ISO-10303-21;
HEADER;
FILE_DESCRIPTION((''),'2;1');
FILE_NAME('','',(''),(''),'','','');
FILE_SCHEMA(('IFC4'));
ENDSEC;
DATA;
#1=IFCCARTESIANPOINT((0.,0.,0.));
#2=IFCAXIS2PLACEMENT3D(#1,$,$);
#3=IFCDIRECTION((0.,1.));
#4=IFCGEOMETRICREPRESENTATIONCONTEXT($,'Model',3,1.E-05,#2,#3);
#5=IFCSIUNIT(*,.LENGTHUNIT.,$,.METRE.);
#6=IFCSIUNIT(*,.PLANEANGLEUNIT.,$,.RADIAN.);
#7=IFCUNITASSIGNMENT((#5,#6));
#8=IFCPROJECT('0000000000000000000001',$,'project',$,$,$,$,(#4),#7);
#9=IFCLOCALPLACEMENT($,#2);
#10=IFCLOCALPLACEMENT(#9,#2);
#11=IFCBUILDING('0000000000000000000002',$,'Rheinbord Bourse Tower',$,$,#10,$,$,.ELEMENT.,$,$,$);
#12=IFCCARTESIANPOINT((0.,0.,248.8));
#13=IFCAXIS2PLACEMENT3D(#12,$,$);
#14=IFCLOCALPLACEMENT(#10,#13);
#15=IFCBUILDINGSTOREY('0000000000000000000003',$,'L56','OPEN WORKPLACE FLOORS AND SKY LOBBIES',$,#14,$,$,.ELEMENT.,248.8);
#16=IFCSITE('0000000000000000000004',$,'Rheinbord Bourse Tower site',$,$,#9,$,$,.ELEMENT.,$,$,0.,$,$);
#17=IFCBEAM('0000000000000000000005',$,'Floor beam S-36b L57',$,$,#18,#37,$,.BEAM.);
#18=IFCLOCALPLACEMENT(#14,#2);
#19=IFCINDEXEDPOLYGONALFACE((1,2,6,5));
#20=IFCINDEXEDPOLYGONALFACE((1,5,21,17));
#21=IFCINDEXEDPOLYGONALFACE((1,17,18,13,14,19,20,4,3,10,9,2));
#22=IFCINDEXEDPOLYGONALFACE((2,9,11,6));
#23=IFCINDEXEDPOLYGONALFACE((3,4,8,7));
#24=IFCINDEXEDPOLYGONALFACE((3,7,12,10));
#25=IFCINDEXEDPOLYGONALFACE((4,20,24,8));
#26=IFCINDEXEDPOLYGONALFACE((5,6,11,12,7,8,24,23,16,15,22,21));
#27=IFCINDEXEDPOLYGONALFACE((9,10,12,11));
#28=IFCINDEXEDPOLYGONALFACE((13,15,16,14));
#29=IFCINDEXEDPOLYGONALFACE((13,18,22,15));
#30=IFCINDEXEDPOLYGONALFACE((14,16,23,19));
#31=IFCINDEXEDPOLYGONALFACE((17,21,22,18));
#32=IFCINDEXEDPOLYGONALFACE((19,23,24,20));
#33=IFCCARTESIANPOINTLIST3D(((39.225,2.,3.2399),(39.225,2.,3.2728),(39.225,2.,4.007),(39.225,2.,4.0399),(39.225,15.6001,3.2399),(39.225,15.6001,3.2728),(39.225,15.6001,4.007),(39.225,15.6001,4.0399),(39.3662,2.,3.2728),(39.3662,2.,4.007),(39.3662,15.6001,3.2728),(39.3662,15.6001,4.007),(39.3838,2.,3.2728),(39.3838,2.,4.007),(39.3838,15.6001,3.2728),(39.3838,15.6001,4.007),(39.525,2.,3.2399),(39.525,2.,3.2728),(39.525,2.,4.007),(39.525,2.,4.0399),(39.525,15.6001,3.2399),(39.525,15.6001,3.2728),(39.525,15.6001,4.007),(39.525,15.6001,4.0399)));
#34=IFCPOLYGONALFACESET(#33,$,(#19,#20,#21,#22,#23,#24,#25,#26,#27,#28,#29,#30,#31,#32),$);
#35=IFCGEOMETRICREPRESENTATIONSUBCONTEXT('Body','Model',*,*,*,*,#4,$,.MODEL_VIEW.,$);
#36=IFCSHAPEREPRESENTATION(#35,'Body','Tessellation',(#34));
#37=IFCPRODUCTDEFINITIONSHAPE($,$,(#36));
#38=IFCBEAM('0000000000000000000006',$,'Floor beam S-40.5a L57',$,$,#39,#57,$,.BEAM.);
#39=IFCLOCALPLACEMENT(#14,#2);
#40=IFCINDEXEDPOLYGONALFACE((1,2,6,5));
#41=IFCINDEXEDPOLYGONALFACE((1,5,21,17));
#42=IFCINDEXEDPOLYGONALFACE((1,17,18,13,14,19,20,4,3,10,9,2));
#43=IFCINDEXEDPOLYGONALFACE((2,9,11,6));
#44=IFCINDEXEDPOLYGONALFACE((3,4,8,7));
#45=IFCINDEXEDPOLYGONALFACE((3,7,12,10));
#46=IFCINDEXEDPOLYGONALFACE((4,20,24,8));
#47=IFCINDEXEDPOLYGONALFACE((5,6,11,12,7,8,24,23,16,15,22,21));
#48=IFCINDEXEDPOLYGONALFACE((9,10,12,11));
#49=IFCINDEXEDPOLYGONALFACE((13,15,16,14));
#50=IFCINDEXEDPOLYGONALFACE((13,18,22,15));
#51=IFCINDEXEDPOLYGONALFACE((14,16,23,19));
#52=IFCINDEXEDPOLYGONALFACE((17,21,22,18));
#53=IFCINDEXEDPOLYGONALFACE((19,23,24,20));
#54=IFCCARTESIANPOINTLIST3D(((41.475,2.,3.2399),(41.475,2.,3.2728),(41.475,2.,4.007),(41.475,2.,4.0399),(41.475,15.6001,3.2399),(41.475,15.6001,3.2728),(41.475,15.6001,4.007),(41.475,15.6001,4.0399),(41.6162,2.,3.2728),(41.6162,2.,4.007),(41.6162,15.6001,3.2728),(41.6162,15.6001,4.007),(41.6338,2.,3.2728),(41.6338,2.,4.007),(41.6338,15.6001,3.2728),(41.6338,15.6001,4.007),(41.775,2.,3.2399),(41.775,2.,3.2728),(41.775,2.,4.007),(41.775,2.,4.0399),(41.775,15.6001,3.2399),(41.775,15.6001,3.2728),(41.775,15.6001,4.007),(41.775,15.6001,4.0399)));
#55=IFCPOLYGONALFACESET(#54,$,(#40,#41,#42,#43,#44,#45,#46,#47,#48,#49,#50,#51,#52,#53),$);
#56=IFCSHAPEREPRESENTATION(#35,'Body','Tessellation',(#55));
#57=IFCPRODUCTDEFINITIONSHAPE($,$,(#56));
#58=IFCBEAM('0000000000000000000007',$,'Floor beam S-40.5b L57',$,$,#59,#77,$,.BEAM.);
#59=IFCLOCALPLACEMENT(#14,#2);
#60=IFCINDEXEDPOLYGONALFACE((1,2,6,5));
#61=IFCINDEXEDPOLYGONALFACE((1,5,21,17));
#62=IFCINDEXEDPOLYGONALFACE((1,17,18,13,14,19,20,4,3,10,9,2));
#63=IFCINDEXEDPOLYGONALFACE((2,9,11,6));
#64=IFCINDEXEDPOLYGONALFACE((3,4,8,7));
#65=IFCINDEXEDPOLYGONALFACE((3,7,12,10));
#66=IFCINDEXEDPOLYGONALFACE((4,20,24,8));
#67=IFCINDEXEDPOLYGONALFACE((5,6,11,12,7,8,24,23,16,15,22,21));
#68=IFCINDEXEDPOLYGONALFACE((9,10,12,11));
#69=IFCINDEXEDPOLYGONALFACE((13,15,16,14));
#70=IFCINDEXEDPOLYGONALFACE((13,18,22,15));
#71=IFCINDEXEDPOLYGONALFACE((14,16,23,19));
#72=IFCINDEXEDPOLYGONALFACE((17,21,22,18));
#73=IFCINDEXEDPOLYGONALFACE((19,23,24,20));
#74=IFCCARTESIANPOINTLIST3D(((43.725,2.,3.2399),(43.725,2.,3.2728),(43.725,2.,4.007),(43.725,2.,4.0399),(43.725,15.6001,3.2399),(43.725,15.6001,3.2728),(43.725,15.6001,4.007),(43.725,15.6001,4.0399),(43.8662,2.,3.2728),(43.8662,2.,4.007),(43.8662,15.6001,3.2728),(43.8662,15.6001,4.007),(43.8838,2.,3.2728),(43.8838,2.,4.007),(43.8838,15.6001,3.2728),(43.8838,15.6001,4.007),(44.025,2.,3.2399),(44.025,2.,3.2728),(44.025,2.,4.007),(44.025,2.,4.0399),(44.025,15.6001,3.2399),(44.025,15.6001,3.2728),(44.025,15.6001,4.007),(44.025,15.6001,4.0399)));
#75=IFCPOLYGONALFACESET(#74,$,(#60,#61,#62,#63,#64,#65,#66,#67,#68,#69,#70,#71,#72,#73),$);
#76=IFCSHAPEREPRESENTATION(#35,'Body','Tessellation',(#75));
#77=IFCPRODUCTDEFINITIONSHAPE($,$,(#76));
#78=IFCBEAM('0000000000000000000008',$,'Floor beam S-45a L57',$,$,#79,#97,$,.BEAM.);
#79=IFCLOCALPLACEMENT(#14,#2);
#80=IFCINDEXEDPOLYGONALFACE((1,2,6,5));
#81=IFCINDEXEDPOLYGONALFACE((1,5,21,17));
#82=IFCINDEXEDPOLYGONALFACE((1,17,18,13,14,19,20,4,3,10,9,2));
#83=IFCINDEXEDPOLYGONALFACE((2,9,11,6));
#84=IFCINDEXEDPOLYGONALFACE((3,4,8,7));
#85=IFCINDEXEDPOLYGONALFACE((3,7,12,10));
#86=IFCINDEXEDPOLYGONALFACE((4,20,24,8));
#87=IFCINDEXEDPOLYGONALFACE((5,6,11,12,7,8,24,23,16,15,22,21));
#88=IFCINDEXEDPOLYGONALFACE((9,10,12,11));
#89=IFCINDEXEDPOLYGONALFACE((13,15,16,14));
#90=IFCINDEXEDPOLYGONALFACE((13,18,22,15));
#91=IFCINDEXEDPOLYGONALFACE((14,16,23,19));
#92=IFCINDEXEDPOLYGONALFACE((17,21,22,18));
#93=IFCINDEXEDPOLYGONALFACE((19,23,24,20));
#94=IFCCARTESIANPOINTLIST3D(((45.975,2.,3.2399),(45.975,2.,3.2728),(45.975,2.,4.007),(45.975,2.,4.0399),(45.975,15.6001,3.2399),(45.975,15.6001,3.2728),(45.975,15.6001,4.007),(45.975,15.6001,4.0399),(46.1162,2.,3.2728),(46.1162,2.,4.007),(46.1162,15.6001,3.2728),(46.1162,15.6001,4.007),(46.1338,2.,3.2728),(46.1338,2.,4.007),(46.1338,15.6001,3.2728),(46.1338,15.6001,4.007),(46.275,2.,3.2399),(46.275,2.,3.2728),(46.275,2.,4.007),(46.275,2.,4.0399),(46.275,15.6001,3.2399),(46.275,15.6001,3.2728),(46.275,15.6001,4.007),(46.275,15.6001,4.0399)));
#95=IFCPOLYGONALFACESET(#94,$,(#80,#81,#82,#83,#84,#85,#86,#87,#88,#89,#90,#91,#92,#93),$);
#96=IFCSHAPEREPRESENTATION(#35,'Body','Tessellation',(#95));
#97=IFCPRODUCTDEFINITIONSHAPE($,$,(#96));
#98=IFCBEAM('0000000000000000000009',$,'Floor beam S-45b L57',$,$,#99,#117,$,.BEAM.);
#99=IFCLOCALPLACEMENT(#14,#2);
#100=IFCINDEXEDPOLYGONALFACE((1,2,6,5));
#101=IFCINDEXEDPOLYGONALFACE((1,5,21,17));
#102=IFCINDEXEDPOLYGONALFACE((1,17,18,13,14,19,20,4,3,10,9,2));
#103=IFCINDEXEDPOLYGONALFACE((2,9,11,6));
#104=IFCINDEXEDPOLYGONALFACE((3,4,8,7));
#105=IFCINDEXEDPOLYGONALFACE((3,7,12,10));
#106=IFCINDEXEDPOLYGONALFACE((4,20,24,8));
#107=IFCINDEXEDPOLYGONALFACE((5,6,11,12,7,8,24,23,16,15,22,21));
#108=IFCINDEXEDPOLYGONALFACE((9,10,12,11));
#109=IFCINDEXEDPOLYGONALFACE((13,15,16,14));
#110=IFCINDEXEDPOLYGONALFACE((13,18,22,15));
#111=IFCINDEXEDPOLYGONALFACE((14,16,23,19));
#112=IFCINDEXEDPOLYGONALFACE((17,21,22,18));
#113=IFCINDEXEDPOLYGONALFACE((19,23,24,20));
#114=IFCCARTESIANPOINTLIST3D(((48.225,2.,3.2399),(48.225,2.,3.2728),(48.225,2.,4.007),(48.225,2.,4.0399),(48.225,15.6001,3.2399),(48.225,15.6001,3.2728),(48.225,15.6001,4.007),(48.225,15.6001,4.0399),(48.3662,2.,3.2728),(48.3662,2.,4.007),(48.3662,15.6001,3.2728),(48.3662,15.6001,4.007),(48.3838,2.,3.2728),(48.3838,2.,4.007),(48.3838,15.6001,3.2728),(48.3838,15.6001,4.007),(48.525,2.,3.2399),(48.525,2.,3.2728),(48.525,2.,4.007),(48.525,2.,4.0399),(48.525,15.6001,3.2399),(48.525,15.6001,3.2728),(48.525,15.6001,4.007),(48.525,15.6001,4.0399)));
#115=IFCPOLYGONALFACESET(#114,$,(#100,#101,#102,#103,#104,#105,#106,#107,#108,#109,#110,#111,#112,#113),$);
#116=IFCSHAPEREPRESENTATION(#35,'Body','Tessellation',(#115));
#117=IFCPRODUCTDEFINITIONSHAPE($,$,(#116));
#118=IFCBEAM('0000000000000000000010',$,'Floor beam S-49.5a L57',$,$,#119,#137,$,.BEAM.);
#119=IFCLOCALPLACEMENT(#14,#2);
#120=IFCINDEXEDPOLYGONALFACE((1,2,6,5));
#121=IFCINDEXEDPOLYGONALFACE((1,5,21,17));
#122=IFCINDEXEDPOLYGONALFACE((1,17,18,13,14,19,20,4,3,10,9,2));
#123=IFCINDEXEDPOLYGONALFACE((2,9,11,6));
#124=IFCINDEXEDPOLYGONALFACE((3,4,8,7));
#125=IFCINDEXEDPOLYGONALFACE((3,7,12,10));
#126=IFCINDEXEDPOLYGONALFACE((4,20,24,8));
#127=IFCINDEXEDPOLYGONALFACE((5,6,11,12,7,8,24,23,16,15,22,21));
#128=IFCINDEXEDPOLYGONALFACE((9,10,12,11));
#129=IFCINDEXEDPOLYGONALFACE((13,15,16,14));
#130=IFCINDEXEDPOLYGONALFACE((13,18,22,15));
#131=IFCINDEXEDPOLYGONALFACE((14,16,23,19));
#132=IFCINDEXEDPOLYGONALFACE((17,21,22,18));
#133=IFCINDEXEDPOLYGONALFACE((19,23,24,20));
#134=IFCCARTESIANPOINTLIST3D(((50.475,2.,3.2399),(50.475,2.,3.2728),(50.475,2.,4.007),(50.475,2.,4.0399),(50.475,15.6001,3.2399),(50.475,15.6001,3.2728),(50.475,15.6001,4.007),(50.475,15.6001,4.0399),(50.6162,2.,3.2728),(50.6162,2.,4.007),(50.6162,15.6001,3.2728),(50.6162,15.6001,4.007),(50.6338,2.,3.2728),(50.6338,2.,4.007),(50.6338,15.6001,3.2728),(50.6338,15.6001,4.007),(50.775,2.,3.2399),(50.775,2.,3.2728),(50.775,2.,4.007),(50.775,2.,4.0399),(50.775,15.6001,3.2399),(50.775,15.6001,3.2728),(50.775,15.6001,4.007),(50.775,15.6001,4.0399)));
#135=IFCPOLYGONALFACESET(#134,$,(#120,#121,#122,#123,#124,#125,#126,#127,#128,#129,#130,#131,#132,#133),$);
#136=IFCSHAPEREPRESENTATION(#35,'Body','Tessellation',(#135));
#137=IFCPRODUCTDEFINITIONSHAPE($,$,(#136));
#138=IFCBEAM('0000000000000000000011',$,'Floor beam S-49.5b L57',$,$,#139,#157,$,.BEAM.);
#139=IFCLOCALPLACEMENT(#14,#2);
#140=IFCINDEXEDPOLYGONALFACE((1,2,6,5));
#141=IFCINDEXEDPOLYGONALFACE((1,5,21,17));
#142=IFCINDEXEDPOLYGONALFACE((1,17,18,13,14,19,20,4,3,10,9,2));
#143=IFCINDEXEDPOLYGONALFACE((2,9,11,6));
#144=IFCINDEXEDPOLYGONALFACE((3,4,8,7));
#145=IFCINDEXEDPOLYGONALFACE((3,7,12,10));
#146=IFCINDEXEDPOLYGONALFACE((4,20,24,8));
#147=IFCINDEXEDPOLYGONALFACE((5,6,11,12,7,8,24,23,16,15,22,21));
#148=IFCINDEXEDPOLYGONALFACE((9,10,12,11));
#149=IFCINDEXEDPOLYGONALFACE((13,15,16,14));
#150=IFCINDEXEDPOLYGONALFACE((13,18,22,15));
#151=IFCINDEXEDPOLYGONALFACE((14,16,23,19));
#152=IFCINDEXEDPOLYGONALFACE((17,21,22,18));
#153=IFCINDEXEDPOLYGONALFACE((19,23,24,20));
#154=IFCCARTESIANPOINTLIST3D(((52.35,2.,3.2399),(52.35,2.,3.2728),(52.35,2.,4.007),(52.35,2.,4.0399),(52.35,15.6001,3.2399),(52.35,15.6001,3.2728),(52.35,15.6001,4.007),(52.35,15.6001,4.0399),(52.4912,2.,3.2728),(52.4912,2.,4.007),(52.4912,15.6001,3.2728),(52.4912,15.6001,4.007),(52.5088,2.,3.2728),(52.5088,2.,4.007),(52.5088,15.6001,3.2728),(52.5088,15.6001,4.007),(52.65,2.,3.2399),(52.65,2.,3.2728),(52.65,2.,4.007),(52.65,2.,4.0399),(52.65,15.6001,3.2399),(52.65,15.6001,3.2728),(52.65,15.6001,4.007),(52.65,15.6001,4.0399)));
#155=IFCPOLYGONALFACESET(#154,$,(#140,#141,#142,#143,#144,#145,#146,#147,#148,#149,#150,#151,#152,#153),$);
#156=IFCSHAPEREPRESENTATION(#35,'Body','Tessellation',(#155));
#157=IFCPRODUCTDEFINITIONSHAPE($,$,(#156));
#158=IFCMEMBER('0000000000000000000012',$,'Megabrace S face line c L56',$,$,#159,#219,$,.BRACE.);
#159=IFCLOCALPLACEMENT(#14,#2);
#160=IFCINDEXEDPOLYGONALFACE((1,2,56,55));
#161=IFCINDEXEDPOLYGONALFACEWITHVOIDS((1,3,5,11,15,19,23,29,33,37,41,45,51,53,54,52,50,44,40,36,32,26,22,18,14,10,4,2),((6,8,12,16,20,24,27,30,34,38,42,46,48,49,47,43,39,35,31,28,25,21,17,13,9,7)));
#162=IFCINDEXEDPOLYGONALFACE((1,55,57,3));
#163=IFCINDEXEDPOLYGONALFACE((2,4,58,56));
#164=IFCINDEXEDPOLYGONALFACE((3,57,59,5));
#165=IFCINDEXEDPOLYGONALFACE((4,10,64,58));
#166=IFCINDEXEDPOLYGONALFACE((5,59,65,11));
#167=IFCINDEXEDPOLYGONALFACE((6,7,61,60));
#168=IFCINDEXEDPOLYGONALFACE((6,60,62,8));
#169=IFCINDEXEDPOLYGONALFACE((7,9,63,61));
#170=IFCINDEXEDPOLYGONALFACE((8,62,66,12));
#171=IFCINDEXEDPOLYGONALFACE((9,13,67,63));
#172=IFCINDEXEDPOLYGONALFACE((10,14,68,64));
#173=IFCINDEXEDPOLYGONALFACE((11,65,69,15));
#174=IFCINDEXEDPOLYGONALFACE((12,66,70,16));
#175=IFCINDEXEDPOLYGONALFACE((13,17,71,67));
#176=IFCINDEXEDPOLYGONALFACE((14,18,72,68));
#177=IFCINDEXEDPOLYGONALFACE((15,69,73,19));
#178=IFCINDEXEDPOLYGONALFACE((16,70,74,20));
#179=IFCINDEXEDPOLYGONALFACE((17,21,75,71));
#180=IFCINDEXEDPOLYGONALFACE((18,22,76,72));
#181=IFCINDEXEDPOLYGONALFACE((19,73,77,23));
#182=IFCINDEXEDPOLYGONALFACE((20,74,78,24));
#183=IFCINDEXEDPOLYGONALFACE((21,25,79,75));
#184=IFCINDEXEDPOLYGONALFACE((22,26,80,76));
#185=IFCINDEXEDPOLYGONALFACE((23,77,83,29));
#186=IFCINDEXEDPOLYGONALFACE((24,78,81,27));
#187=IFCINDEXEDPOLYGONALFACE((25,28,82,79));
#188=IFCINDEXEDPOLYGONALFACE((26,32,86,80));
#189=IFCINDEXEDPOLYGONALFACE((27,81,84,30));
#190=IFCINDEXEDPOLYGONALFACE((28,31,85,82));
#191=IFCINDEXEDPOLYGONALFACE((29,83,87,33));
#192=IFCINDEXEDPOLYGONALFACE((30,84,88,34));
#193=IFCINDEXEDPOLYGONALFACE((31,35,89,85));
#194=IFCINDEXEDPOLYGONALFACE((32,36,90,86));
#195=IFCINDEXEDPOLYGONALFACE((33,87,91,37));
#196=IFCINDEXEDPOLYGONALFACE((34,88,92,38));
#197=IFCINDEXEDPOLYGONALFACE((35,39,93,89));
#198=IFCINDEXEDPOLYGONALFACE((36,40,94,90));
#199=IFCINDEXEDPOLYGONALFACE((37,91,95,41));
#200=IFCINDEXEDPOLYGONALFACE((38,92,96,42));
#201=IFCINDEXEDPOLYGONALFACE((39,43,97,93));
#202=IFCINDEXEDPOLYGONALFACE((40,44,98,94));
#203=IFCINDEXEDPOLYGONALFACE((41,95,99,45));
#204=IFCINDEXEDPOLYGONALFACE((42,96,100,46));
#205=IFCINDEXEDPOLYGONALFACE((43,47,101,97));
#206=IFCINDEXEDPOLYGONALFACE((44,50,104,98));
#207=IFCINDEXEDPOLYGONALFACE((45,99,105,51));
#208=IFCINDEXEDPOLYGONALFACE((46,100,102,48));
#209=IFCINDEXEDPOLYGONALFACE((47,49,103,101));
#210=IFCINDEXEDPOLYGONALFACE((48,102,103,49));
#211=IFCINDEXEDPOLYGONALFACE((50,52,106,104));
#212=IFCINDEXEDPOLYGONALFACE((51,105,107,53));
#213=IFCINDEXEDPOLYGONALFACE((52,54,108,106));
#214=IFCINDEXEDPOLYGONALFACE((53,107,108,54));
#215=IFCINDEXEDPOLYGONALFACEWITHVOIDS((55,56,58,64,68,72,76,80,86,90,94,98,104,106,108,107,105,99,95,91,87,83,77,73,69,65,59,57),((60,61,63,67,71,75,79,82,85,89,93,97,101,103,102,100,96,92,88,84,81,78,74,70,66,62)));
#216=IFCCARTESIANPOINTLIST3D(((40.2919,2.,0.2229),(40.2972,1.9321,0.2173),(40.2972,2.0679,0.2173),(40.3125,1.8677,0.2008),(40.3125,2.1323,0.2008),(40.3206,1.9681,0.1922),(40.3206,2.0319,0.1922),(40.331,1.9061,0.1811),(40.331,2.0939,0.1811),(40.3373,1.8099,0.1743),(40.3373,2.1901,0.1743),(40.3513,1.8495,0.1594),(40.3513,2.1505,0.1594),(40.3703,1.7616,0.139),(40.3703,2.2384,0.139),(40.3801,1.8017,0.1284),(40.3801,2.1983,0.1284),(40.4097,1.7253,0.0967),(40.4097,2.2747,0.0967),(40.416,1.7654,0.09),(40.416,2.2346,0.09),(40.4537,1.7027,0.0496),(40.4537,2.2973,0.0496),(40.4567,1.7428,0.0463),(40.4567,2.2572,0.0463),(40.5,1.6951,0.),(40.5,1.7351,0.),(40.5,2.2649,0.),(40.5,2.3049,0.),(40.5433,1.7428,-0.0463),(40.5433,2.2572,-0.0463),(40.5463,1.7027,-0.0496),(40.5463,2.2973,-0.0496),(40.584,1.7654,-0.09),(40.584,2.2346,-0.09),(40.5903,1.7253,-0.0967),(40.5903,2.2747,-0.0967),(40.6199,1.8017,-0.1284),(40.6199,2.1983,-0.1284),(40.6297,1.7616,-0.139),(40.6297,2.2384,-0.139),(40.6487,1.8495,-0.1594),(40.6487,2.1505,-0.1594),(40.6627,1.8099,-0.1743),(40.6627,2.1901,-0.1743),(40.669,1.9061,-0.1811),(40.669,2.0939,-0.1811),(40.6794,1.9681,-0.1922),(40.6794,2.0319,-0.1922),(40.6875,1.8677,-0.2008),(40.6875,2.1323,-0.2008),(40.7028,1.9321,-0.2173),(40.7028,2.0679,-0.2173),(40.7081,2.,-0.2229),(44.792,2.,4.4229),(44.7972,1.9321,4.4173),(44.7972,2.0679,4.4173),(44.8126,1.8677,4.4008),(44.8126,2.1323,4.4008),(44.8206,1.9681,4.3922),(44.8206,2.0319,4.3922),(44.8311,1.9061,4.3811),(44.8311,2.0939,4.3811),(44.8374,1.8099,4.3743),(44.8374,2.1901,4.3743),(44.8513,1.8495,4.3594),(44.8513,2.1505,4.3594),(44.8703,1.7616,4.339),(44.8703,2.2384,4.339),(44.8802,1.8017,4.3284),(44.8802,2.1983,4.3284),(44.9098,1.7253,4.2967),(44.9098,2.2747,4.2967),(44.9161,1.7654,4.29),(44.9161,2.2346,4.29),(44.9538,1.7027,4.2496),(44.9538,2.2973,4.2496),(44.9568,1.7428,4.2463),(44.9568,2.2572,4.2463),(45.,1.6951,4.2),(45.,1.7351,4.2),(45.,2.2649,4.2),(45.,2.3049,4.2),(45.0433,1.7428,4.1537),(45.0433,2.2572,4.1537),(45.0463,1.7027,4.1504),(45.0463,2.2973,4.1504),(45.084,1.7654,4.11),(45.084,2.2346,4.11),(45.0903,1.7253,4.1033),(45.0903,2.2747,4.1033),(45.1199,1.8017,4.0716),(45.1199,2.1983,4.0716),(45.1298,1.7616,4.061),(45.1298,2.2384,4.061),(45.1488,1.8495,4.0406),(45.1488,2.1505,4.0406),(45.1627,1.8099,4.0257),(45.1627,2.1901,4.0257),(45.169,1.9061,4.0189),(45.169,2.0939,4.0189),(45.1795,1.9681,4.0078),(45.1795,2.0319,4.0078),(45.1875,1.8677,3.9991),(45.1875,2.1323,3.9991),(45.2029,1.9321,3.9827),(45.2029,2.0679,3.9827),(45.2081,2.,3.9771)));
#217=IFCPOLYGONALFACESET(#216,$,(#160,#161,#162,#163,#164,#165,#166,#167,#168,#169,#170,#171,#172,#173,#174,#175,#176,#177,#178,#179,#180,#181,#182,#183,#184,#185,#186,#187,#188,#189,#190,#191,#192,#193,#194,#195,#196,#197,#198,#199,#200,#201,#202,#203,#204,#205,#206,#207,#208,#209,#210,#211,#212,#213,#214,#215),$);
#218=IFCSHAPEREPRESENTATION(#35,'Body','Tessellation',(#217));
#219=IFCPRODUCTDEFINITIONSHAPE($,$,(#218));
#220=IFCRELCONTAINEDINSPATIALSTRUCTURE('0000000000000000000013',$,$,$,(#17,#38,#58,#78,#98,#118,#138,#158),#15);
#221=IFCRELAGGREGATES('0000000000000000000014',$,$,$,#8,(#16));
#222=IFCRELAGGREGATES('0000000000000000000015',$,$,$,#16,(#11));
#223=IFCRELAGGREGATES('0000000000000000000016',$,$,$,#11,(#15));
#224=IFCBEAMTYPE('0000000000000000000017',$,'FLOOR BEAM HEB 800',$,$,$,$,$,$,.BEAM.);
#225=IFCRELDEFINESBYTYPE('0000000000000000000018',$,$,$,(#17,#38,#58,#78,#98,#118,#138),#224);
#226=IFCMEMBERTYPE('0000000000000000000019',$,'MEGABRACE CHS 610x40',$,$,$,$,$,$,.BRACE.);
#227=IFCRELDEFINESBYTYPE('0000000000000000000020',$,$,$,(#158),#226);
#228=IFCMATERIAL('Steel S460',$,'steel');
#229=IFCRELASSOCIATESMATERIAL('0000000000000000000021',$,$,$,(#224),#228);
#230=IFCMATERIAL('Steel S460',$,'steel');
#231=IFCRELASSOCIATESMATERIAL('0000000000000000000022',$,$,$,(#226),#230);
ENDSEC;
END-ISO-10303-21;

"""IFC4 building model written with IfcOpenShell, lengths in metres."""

from ifc_helpers import new_model, si_unit, direction, frame, origin, origin_2d, place, context, subcontext, project, spatial, hollow_circle, i_section, extrude, material, material_profile, profile_set, type_object, element, save


model = new_model("IFC4")

# Units and contexts
model_context = context("Model", 3, precision=1e-05, world=origin(), true_north=direction((0.0, 1.0)))
body_context = subcontext(model_context, "Body", "Model", "MODEL_VIEW")
ifc_project = project(units=[si_unit("LENGTHUNIT", "METRE"), si_unit("PLANEANGLEUNIT", "RADIAN")], contexts=[model_context])

# Site, building, storey
site_placement = place(None, origin())
site = spatial("IfcSite", under=ifc_project, at=site_placement, Name="Rheinbord Bourse Tower site", CompositionType="ELEMENT", RefElevation=0.0)
building_placement = place(site_placement, origin())
building = spatial("IfcBuilding", under=site, at=building_placement, Name="Rheinbord Bourse Tower", CompositionType="ELEMENT")
storey_placement = place(building_placement, frame((0.0, 0.0, 248.8)))
storey = spatial("IfcBuildingStorey", under=building, at=storey_placement, Name="L56", Description="OPEN WORKPLACE FLOORS AND SKY LOBBIES", CompositionType="ELEMENT", Elevation=248.8)

# Beams
ifc_material_1 = material(Name="Steel S460", Category="steel")
ifc_material_profile_1 = material_profile(ifc_material_1, i_section(OverallWidth=0.3, OverallDepth=0.8, WebThickness=0.0176, FlangeThickness=0.033, at=origin_2d()), Name="HEB 800")
ifc_profile_set_1 = profile_set([ifc_material_profile_1], Name="Steel S460")
beam_type_1 = type_object("IfcBeamType", Name="FLOOR BEAM HEB 800", PredefinedType="BEAM", material=ifc_profile_set_1)
for number, where, z_axis, x_axis, name in (
    (1, (39.375, 2.0, 3.6399), (0.0, 1.0, 0.0), (-1.0, 0.0, 0.0), "Floor beam S-36b L57"),
    (2, (41.625, 2.0, 3.6399), (0.0, 1.0, 0.0), (-1.0, 0.0, 0.0), "Floor beam S-40.5a L57"),
    (3, (43.875, 2.0, 3.6399), (0.0, 1.0, 0.0), (-1.0, 0.0, 0.0), "Floor beam S-40.5b L57"),
    (4, (46.125, 2.0, 3.6399), (0.0, 1.0, 0.0), (-1.0, 0.0, 0.0), "Floor beam S-45a L57"),
    (5, (48.375, 2.0, 3.6399), (0.0, 1.0, 0.0), (-1.0, 0.0, 0.0), "Floor beam S-45b L57"),
    (6, (50.625, 2.0, 3.6399), (0.0, 1.0, 0.0), (-1.0, 0.0, 0.0), "Floor beam S-49.5a L57"),
    (7, (52.5, 2.0, 3.6399), (0.0, 1.0, 0.0), (-1.0, 0.0, 0.0), "Floor beam S-49.5b L57"),
):
    element("IfcBeam", number, at=place(storey_placement, frame(where, z_axis=z_axis, x_axis=x_axis)), inside=storey, type_object=beam_type_1, Name=name, PredefinedType="BEAM", context=body_context, shape_type="SweptSolid", body=[
        extrude(i_section(OverallWidth=0.3, OverallDepth=0.8, WebThickness=0.0176, FlangeThickness=0.033, at=origin_2d()), origin(), (0.0, 0.0, 1.0), 13.6001),
    ])

# Member
ifc_material_2 = material(Name="Steel S460", Category="steel")
ifc_material_profile_2 = material_profile(ifc_material_2, hollow_circle(Radius=0.3049, WallThickness=0.04, at=origin_2d()), Name="CHS 610x40")
ifc_profile_set_2 = profile_set([ifc_material_profile_2], Name="Steel S460")
member_type_1 = type_object("IfcMemberType", Name="MEGABRACE CHS 610x40", PredefinedType="BRACE", material=ifc_profile_set_2)
member_1_placement = place(storey_placement, frame((40.5, 2.0, 0.0), z_axis=(0.731059, 0.0, 0.682314), x_axis=(0.0, 1.0, 0.0)))
element("IfcMember", 8, at=member_1_placement, inside=storey, type_object=member_type_1, Name="Megabrace S face line c L56", PredefinedType="BRACE", context=body_context, shape_type="SweptSolid", body=[
    extrude(hollow_circle(Radius=0.3049, WallThickness=0.04, at=origin_2d()), origin(), (0.0, 0.0, 1.0), 6.1555),
])

save(model, "model.ifc")
